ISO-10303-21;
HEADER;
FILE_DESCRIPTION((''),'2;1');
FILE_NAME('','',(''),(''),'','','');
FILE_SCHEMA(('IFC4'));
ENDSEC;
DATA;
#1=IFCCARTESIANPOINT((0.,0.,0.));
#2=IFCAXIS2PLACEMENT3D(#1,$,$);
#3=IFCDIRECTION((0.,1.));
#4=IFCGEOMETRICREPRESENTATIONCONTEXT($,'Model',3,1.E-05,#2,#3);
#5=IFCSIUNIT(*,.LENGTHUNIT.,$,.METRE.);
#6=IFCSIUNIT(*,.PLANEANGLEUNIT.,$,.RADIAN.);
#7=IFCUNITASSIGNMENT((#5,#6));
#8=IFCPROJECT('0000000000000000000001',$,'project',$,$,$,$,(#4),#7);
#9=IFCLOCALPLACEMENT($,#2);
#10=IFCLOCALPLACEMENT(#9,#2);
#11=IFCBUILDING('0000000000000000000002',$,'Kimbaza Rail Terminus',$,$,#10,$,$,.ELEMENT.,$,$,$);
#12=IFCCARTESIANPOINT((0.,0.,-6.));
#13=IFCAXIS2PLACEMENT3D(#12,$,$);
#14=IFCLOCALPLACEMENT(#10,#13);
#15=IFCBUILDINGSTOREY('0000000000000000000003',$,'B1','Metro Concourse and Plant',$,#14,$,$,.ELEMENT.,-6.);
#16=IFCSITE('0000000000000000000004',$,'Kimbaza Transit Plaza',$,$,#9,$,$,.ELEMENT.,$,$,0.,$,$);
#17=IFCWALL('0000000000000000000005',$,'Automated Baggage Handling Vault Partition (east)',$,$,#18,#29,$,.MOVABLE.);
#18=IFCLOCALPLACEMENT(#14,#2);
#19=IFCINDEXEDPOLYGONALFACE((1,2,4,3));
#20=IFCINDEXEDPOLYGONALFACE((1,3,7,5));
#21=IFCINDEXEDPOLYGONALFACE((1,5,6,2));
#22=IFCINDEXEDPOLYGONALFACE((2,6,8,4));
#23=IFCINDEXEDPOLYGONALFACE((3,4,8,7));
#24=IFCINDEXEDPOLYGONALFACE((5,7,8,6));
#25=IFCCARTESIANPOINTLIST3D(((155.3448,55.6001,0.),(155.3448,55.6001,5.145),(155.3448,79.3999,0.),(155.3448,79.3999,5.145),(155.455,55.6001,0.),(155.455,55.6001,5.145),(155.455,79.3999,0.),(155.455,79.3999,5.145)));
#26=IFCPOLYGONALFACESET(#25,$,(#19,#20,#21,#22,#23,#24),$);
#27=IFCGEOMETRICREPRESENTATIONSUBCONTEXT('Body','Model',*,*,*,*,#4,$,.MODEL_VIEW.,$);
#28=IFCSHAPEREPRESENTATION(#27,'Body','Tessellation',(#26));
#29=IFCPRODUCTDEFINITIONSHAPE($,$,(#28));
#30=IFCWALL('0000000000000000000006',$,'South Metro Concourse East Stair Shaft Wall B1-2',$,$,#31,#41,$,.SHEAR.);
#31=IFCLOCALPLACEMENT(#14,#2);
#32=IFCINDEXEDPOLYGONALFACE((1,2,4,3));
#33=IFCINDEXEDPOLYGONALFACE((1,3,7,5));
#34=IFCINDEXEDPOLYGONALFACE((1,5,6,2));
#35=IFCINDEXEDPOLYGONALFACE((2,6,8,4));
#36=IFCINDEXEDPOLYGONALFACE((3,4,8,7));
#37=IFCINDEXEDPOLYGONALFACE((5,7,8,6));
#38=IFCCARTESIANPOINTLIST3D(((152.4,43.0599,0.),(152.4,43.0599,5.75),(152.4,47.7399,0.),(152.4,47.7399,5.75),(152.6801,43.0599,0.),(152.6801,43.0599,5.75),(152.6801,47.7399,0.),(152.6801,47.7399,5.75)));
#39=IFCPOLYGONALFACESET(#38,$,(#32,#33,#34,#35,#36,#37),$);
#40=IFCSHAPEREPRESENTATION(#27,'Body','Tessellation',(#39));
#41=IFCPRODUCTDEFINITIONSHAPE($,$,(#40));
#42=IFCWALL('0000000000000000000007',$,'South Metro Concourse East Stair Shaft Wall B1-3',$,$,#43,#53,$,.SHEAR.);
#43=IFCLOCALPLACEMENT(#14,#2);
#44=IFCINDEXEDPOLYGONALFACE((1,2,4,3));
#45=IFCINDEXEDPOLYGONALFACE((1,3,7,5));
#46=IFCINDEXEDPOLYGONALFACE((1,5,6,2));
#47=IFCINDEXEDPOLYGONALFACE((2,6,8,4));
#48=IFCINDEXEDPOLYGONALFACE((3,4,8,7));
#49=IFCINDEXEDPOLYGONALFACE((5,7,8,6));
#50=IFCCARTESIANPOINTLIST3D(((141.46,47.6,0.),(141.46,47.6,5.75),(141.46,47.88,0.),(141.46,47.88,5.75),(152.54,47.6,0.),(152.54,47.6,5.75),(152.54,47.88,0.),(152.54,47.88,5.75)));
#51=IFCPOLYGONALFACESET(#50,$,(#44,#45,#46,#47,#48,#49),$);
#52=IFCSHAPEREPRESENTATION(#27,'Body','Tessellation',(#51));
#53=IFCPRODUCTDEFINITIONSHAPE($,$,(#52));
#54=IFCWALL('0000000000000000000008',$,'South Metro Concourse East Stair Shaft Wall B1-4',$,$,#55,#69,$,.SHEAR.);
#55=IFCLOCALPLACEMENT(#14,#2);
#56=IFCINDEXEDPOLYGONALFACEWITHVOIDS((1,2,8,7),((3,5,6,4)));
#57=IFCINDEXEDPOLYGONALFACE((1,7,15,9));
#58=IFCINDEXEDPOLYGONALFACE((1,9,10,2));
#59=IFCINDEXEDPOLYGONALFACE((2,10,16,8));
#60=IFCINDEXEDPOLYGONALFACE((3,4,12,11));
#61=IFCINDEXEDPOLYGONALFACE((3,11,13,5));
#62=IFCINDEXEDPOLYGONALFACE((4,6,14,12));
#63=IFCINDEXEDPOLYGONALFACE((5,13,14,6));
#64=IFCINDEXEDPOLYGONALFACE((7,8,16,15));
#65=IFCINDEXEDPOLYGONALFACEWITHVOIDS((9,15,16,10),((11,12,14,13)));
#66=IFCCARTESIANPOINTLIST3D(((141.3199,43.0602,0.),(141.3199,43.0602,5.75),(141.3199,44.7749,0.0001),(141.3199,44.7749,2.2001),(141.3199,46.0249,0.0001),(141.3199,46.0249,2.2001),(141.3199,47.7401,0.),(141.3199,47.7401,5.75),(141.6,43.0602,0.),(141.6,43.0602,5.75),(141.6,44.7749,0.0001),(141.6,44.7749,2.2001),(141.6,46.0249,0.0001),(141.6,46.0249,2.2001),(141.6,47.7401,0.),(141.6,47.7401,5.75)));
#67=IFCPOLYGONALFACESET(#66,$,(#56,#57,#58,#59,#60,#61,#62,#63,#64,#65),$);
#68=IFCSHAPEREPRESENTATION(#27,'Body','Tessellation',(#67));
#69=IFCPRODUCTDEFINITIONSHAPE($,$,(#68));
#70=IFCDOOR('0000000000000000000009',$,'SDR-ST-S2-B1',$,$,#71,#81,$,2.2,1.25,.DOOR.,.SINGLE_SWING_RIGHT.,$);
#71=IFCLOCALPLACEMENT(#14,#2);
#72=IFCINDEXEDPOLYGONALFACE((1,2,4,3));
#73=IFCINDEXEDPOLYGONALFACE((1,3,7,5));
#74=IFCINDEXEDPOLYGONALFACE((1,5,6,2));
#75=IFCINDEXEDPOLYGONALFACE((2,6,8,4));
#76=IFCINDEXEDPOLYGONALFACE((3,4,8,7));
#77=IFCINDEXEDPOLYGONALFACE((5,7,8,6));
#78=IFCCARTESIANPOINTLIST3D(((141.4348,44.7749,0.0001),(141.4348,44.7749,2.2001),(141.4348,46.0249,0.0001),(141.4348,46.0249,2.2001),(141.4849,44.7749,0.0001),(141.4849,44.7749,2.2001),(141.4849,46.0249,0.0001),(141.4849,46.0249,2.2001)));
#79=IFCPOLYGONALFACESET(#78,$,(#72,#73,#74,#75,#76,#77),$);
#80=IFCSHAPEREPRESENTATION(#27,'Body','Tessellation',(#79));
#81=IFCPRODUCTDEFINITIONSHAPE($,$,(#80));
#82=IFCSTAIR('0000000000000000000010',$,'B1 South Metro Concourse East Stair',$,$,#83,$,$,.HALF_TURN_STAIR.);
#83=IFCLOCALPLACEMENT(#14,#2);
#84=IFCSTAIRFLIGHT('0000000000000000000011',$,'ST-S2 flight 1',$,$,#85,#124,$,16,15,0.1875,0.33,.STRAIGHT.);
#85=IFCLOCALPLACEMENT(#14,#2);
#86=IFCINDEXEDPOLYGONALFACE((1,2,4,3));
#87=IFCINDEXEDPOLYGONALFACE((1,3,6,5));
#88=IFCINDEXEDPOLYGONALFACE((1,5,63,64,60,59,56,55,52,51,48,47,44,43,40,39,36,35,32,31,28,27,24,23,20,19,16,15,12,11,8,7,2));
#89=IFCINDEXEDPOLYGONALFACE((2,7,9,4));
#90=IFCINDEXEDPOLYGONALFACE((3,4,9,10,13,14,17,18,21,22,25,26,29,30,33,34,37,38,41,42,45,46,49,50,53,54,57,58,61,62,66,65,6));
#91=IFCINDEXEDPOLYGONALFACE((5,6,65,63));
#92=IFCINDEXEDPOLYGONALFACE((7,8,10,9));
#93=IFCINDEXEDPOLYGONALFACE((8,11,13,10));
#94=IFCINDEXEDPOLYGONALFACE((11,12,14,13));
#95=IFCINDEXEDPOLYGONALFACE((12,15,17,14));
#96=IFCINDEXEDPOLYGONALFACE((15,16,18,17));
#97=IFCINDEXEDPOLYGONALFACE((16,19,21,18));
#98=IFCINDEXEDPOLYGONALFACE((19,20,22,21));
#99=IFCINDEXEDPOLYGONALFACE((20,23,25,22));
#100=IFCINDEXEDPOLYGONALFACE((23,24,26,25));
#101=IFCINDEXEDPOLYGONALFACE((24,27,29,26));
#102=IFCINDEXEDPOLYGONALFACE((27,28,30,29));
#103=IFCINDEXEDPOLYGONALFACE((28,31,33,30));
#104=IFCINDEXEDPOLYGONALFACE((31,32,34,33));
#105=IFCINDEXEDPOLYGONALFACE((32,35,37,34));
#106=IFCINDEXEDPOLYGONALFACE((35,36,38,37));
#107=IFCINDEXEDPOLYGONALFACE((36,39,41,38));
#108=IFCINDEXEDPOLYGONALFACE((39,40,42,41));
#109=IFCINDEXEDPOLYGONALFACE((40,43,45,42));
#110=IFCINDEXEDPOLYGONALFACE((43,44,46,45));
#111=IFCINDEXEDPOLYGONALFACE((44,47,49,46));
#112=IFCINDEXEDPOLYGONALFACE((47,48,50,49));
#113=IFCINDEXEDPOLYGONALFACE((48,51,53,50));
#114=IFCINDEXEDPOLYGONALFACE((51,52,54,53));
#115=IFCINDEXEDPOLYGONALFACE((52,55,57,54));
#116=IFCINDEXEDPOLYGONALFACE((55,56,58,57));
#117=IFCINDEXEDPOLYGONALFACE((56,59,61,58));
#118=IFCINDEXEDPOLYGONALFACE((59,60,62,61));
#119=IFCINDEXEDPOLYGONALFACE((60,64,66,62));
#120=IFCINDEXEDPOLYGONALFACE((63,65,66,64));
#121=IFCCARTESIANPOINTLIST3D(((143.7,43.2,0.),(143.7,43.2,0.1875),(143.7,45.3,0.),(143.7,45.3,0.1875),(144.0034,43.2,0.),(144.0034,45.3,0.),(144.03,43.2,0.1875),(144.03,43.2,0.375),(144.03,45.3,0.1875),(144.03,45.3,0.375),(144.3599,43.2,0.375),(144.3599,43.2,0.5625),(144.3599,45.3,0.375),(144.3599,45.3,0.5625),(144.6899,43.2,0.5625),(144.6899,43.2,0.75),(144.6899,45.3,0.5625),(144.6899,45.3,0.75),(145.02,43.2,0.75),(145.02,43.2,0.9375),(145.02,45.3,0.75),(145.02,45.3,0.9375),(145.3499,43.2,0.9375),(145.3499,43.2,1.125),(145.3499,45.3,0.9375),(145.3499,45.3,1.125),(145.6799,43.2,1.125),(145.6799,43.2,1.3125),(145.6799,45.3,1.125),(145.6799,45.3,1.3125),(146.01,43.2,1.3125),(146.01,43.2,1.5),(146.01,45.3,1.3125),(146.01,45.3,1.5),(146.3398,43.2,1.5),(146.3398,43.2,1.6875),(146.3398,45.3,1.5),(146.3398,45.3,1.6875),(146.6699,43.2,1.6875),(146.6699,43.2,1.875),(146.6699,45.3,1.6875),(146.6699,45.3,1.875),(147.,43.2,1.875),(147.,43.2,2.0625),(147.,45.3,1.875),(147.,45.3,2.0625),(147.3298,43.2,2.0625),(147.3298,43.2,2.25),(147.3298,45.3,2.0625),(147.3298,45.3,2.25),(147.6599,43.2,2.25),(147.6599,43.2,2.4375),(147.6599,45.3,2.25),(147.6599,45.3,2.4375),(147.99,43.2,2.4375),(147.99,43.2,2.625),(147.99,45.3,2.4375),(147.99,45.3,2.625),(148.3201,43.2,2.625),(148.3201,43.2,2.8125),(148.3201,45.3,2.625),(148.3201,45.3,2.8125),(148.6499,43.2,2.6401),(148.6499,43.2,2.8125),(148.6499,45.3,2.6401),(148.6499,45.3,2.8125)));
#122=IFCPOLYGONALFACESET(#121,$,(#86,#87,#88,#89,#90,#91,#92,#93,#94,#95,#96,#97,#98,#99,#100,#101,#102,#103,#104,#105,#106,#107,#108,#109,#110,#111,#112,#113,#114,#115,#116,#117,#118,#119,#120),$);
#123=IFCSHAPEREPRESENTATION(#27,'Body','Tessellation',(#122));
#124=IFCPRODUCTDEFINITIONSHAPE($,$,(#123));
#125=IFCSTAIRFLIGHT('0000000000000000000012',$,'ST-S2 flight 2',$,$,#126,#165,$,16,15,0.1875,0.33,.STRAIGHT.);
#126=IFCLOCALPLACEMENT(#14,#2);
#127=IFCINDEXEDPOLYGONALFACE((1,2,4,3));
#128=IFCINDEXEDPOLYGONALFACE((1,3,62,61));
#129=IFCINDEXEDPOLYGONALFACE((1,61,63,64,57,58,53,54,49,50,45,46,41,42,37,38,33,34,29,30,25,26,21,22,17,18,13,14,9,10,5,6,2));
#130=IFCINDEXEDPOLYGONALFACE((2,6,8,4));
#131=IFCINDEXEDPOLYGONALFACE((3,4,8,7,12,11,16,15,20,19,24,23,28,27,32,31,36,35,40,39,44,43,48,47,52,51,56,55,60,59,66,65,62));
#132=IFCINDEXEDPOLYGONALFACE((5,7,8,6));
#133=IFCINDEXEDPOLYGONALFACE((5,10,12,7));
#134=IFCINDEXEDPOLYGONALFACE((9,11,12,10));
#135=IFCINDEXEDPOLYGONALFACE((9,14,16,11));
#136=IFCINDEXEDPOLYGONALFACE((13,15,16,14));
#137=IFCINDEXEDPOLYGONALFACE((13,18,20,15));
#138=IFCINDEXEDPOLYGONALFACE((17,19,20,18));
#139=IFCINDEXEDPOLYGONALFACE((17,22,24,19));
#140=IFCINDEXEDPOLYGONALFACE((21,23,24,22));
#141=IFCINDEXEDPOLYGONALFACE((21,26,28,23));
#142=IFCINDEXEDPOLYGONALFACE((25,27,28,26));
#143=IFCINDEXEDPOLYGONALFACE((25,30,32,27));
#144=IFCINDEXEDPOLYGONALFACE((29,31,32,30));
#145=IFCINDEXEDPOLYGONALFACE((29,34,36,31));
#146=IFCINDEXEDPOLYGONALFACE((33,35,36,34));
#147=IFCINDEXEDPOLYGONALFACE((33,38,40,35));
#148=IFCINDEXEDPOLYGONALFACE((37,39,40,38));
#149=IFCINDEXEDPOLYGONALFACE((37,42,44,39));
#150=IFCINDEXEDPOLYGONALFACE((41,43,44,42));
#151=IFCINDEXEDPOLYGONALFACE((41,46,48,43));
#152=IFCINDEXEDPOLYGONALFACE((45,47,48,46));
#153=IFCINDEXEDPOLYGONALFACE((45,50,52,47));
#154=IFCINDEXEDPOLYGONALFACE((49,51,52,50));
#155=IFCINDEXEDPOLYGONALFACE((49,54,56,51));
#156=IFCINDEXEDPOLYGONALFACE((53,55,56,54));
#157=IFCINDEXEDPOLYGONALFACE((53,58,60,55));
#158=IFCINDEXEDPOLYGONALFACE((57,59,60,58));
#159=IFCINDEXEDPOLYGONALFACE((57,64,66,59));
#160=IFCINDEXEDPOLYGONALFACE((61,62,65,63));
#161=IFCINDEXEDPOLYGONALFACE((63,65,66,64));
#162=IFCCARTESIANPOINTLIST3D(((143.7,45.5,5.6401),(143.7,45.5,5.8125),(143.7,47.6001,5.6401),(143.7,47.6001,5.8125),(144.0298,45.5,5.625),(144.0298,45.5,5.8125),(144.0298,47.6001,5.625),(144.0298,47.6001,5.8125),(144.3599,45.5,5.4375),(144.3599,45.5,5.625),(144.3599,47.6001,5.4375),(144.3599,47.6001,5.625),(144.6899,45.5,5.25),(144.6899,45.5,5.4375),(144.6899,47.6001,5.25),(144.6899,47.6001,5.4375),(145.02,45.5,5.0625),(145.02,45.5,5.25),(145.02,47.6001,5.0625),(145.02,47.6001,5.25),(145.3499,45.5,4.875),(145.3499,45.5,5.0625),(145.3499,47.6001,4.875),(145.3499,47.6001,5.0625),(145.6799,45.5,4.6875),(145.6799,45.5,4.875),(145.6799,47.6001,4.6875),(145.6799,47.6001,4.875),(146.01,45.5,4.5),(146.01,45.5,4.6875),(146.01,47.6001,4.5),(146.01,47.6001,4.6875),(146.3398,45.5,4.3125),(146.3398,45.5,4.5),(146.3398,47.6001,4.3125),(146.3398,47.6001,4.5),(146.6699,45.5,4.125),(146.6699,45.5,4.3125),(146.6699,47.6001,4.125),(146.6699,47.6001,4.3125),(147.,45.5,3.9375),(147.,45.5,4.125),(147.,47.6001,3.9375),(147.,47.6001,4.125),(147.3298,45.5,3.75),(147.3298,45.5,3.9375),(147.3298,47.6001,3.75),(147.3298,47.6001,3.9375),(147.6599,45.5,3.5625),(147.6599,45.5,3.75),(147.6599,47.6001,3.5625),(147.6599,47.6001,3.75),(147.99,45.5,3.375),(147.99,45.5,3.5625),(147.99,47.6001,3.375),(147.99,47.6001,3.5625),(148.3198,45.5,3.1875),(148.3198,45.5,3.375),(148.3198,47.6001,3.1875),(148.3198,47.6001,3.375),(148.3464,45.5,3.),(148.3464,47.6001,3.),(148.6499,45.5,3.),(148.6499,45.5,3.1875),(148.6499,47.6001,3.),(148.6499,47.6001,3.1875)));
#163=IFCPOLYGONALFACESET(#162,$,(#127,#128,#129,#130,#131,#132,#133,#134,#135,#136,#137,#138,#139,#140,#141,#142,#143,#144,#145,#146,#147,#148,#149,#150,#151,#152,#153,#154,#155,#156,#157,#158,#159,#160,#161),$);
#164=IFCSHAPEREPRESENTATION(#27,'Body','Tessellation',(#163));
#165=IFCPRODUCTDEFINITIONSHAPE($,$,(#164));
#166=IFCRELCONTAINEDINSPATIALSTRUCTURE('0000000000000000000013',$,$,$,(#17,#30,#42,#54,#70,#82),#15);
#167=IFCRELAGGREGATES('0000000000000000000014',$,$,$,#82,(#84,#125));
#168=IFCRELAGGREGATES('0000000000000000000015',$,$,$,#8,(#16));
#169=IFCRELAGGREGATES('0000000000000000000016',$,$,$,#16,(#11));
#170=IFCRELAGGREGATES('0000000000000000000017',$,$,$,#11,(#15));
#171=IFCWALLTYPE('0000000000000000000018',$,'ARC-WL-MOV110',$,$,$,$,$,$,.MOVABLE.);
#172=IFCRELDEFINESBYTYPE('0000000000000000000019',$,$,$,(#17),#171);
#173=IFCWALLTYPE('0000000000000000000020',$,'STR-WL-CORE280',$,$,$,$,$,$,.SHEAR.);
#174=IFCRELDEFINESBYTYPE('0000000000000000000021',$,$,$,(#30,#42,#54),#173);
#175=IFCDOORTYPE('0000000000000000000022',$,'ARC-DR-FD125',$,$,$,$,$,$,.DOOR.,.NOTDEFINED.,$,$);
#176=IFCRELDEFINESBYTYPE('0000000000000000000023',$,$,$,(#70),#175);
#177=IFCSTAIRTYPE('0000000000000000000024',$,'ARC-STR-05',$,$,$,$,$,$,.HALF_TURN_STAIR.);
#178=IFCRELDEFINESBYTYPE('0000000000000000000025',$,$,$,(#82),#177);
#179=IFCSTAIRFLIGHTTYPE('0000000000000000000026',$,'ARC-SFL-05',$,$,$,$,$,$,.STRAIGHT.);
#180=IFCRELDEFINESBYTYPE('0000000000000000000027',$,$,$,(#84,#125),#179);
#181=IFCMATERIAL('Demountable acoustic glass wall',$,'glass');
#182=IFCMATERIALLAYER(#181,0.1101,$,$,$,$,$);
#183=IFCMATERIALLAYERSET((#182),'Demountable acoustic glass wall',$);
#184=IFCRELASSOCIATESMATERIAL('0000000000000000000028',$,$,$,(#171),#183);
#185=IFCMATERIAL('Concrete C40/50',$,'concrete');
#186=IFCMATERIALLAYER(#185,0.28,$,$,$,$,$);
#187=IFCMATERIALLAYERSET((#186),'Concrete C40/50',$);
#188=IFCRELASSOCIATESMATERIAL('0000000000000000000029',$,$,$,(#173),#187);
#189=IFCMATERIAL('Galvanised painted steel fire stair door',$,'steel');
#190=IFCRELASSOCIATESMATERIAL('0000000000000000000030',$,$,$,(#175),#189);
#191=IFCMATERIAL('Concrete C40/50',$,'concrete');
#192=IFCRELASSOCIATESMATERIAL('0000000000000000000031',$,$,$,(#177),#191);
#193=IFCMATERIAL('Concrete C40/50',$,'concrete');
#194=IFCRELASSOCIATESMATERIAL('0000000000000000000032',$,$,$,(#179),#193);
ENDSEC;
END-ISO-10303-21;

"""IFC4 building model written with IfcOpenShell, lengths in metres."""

from ifc_helpers import new_model, si_unit, direction, frame, frame_2d, origin, place, context, subcontext, project, spatial, polyline, rectangle, outline, extrude, material, layer, layer_set, type_object, element, fill, aggregate, save


model = new_model("IFC4")

# Units and contexts
model_context = context("Model", 3, precision=1e-05, world=origin(), true_north=direction((0.0, 1.0)))
body_context = subcontext(model_context, "Body", "Model", "MODEL_VIEW")
ifc_project = project(units=[si_unit("LENGTHUNIT", "METRE"), si_unit("PLANEANGLEUNIT", "RADIAN")], contexts=[model_context])

# Site, building, storey
site_placement = place(None, origin())
site = spatial("IfcSite", under=ifc_project, at=site_placement, Name="Kimbaza Transit Plaza", CompositionType="ELEMENT", RefElevation=0.0)
building_placement = place(site_placement, origin())
building = spatial("IfcBuilding", under=site, at=building_placement, Name="Kimbaza Rail Terminus", CompositionType="ELEMENT")
storey_placement = place(building_placement, frame((0.0, 0.0, -6.0)))
storey = spatial("IfcBuildingStorey", under=building, at=storey_placement, Name="B1", Description="Metro Concourse and Plant", CompositionType="ELEMENT", Elevation=-6.0)

# Walls
ifc_material_1 = material(Name="Demountable acoustic glass wall", Category="glass")
ifc_layer_1 = layer(ifc_material_1, 0.1101)
ifc_layer_set_1 = layer_set([ifc_layer_1], Name="Demountable acoustic glass wall")
wall_type_1 = type_object("IfcWallType", Name="ARC-WL-MOV110", PredefinedType="MOVABLE", material=ifc_layer_set_1)
wall_1_placement = place(storey_placement, frame((155.3999, 55.6001, 0.0), z_axis=(0.0, 0.0, 1.0), x_axis=(0.0, 1.0, 0.0)))
element("IfcWall", 1, at=wall_1_placement, inside=storey, type_object=wall_type_1, Name="Automated Baggage Handling Vault Partition (east)", PredefinedType="MOVABLE", context=body_context, shape_type="SweptSolid", body=[
    extrude(rectangle(XDim=23.7998, YDim=0.1101, at=frame_2d((11.8999, 0.0))), origin(), (0.0, 0.0, 1.0), 5.145),
])
ifc_material_2 = material(Name="Concrete C40/50", Category="concrete")
ifc_layer_2 = layer(ifc_material_2, 0.28)
ifc_layer_set_2 = layer_set([ifc_layer_2], Name="Concrete C40/50")
wall_type_2 = type_object("IfcWallType", Name="STR-WL-CORE280", PredefinedType="SHEAR", material=ifc_layer_set_2)
wall_2_placement = place(storey_placement, frame((152.54, 43.0601, 0.0), z_axis=(0.0, 0.0, 1.0), x_axis=(0.0, 1.0, 0.0)))
element("IfcWall", 2, at=wall_2_placement, inside=storey, type_object=wall_type_2, Name="South Metro Concourse East Stair Shaft Wall B1-2", PredefinedType="SHEAR", context=body_context, shape_type="SweptSolid", body=[
    extrude(rectangle(XDim=4.6799, YDim=0.28, at=frame_2d((2.3398, 0.0))), origin(), (0.0, 0.0, 1.0), 5.75),
])
wall_3_placement = place(storey_placement, frame((152.54, 47.74, 0.0), z_axis=(0.0, 0.0, 1.0), x_axis=(-1.0, 0.0, 0.0)))
element("IfcWall", 3, at=wall_3_placement, inside=storey, type_object=wall_type_2, Name="South Metro Concourse East Stair Shaft Wall B1-3", PredefinedType="SHEAR", context=body_context, shape_type="SweptSolid", body=[
    extrude(rectangle(XDim=11.0801, YDim=0.28, at=frame_2d((5.54, 0.0))), origin(), (0.0, 0.0, 1.0), 5.75),
])

# Wall, opening, door
wall_4_placement = place(storey_placement, frame((141.46, 47.74, 0.0), z_axis=(0.0, 0.0, 1.0), x_axis=(0.0, -1.0, 0.0)))
wall_4 = element("IfcWall", 4, at=wall_4_placement, inside=storey, type_object=wall_type_2, Name="South Metro Concourse East Stair Shaft Wall B1-4", PredefinedType="SHEAR", context=body_context, shape_type="SweptSolid", body=[
    extrude(rectangle(XDim=4.6799, YDim=0.28, at=frame_2d((2.3398, 0.0))), origin(), (0.0, 0.0, 1.0), 5.75),
])
opening_placement = place(wall_4_placement, frame((1.7151, 0.0, 0.0)))
opening = element("IfcOpeningElement", 5, at=opening_placement, cuts=wall_4, PredefinedType="OPENING", context=body_context, shape_type="SweptSolid", body=[
    extrude(rectangle(XDim=1.25, YDim=2.2, at=frame_2d((0.625, 1.1001))), frame((0.0, 0.1499, 0.0), z_axis=(0.0, -1.0, 0.0), x_axis=(1.0, 0.0, 0.0)), (0.0, 0.0, 1.0), 0.3),
])
ifc_material_3 = material(Name="Galvanised painted steel fire stair door", Category="steel")
door_type = type_object("IfcDoorType", Name="ARC-DR-FD125", OperationType="NOTDEFINED", PredefinedType="DOOR", material=ifc_material_3)
door_placement = place(opening_placement, origin())
door = element("IfcDoor", 6, at=door_placement, inside=storey, type_object=door_type, Name="SDR-ST-S2-B1", OperationType="SINGLE_SWING_RIGHT", OverallHeight=2.2, OverallWidth=1.25, PredefinedType="DOOR", context=body_context, shape_type="SweptSolid", body=[
    extrude(rectangle(XDim=1.25, YDim=2.2, at=frame_2d((0.625, 1.1001))), frame((0.0, 0.0249, 0.0), z_axis=(0.0, -1.0, 0.0), x_axis=(1.0, 0.0, 0.0)), (0.0, 0.0, 1.0), 0.05),
])
fill(opening, door)

# Stair, stair flights
ifc_material_4 = material(Name="Concrete C40/50", Category="concrete")
stair_type = type_object("IfcStairType", Name="ARC-STR-05", PredefinedType="HALF_TURN_STAIR", material=ifc_material_4)
stair_placement = place(storey_placement, origin())
stair = element("IfcStair", 7, at=stair_placement, inside=storey, type_object=stair_type, Name="B1 South Metro Concourse East Stair", PredefinedType="HALF_TURN_STAIR")
ifc_material_5 = material(Name="Concrete C40/50", Category="concrete")
stair_flight_type = type_object("IfcStairFlightType", Name="ARC-SFL-05", PredefinedType="STRAIGHT", material=ifc_material_5)
stair_flight_1_placement = place(storey_placement, frame((143.7, 44.25, 0.0), z_axis=(0.0, 0.0, 1.0), x_axis=(1.0, 0.0, 0.0)))
stair_flight_1 = element("IfcStairFlight", 8, at=stair_flight_1_placement, type_object=stair_flight_type, Name="ST-S2 flight 1", NumberOfRisers=16, NumberOfTreads=15, PredefinedType="STRAIGHT", RiserHeight=0.1875, TreadLength=0.33, context=body_context, shape_type="SweptSolid", body=[
    extrude(outline(polyline([(0.0, 0.0), (0.0, 0.1875), (0.3301, 0.1875), (0.3301, 0.375), (0.6599, 0.375), (0.6599, 0.5625), (0.99, 0.5625), (0.99, 0.75), (1.3201, 0.75), (1.3201, 0.9375), (1.6499, 0.9375), (1.6499, 1.125), (1.98, 1.125), (1.98, 1.3125), (2.3101, 1.3125), (2.3101, 1.5), (2.6399, 1.5), (2.6399, 1.6875), (2.97, 1.6875), (2.97, 1.875), (3.3, 1.875), (3.3, 2.0625), (3.6299, 2.0625), (3.6299, 2.25), (3.96, 2.25), (3.96, 2.4375), (4.29, 2.4375), (4.29, 2.625), (4.6201, 2.625), (4.6201, 2.8125), (4.95, 2.8125), (4.95, 3.0), (4.95, 2.6401), (0.3035, 0.0), (0.0, 0.0)])), frame((0.0, 1.05, 0.0), z_axis=(0.0, -1.0, 0.0), x_axis=(1.0, 0.0, 0.0)), (0.0, 0.0, 1.0), 2.1001),
])
stair_flight_2_placement = place(storey_placement, frame((148.6499, 46.55, 3.0), z_axis=(0.0, 0.0, 1.0), x_axis=(-1.0, 0.0, 0.0)))
stair_flight_2 = element("IfcStairFlight", 9, at=stair_flight_2_placement, type_object=stair_flight_type, Name="ST-S2 flight 2", NumberOfRisers=16, NumberOfTreads=15, PredefinedType="STRAIGHT", RiserHeight=0.1875, TreadLength=0.33, context=body_context, shape_type="SweptSolid", body=[
    extrude(outline(polyline([(0.0, 0.0), (0.0, 0.1875), (0.3301, 0.1875), (0.3301, 0.375), (0.6599, 0.375), (0.6599, 0.5625), (0.99, 0.5625), (0.99, 0.75), (1.3201, 0.75), (1.3201, 0.9375), (1.6499, 0.9375), (1.6499, 1.125), (1.98, 1.125), (1.98, 1.3125), (2.3101, 1.3125), (2.3101, 1.5), (2.6399, 1.5), (2.6399, 1.6875), (2.97, 1.6875), (2.97, 1.875), (3.3, 1.875), (3.3, 2.0625), (3.6299, 2.0625), (3.6299, 2.25), (3.96, 2.25), (3.96, 2.4375), (4.29, 2.4375), (4.29, 2.625), (4.6201, 2.625), (4.6201, 2.8125), (4.95, 2.8125), (4.95, 3.0), (4.95, 2.6401), (0.3035, 0.0), (0.0, 0.0)])), frame((0.0, 1.05, 0.0), z_axis=(0.0, -1.0, 0.0), x_axis=(1.0, 0.0, 0.0)), (0.0, 0.0, 1.0), 2.1001),
])
aggregate(stair, [stair_flight_1, stair_flight_2])

save(model, "model.ifc")
